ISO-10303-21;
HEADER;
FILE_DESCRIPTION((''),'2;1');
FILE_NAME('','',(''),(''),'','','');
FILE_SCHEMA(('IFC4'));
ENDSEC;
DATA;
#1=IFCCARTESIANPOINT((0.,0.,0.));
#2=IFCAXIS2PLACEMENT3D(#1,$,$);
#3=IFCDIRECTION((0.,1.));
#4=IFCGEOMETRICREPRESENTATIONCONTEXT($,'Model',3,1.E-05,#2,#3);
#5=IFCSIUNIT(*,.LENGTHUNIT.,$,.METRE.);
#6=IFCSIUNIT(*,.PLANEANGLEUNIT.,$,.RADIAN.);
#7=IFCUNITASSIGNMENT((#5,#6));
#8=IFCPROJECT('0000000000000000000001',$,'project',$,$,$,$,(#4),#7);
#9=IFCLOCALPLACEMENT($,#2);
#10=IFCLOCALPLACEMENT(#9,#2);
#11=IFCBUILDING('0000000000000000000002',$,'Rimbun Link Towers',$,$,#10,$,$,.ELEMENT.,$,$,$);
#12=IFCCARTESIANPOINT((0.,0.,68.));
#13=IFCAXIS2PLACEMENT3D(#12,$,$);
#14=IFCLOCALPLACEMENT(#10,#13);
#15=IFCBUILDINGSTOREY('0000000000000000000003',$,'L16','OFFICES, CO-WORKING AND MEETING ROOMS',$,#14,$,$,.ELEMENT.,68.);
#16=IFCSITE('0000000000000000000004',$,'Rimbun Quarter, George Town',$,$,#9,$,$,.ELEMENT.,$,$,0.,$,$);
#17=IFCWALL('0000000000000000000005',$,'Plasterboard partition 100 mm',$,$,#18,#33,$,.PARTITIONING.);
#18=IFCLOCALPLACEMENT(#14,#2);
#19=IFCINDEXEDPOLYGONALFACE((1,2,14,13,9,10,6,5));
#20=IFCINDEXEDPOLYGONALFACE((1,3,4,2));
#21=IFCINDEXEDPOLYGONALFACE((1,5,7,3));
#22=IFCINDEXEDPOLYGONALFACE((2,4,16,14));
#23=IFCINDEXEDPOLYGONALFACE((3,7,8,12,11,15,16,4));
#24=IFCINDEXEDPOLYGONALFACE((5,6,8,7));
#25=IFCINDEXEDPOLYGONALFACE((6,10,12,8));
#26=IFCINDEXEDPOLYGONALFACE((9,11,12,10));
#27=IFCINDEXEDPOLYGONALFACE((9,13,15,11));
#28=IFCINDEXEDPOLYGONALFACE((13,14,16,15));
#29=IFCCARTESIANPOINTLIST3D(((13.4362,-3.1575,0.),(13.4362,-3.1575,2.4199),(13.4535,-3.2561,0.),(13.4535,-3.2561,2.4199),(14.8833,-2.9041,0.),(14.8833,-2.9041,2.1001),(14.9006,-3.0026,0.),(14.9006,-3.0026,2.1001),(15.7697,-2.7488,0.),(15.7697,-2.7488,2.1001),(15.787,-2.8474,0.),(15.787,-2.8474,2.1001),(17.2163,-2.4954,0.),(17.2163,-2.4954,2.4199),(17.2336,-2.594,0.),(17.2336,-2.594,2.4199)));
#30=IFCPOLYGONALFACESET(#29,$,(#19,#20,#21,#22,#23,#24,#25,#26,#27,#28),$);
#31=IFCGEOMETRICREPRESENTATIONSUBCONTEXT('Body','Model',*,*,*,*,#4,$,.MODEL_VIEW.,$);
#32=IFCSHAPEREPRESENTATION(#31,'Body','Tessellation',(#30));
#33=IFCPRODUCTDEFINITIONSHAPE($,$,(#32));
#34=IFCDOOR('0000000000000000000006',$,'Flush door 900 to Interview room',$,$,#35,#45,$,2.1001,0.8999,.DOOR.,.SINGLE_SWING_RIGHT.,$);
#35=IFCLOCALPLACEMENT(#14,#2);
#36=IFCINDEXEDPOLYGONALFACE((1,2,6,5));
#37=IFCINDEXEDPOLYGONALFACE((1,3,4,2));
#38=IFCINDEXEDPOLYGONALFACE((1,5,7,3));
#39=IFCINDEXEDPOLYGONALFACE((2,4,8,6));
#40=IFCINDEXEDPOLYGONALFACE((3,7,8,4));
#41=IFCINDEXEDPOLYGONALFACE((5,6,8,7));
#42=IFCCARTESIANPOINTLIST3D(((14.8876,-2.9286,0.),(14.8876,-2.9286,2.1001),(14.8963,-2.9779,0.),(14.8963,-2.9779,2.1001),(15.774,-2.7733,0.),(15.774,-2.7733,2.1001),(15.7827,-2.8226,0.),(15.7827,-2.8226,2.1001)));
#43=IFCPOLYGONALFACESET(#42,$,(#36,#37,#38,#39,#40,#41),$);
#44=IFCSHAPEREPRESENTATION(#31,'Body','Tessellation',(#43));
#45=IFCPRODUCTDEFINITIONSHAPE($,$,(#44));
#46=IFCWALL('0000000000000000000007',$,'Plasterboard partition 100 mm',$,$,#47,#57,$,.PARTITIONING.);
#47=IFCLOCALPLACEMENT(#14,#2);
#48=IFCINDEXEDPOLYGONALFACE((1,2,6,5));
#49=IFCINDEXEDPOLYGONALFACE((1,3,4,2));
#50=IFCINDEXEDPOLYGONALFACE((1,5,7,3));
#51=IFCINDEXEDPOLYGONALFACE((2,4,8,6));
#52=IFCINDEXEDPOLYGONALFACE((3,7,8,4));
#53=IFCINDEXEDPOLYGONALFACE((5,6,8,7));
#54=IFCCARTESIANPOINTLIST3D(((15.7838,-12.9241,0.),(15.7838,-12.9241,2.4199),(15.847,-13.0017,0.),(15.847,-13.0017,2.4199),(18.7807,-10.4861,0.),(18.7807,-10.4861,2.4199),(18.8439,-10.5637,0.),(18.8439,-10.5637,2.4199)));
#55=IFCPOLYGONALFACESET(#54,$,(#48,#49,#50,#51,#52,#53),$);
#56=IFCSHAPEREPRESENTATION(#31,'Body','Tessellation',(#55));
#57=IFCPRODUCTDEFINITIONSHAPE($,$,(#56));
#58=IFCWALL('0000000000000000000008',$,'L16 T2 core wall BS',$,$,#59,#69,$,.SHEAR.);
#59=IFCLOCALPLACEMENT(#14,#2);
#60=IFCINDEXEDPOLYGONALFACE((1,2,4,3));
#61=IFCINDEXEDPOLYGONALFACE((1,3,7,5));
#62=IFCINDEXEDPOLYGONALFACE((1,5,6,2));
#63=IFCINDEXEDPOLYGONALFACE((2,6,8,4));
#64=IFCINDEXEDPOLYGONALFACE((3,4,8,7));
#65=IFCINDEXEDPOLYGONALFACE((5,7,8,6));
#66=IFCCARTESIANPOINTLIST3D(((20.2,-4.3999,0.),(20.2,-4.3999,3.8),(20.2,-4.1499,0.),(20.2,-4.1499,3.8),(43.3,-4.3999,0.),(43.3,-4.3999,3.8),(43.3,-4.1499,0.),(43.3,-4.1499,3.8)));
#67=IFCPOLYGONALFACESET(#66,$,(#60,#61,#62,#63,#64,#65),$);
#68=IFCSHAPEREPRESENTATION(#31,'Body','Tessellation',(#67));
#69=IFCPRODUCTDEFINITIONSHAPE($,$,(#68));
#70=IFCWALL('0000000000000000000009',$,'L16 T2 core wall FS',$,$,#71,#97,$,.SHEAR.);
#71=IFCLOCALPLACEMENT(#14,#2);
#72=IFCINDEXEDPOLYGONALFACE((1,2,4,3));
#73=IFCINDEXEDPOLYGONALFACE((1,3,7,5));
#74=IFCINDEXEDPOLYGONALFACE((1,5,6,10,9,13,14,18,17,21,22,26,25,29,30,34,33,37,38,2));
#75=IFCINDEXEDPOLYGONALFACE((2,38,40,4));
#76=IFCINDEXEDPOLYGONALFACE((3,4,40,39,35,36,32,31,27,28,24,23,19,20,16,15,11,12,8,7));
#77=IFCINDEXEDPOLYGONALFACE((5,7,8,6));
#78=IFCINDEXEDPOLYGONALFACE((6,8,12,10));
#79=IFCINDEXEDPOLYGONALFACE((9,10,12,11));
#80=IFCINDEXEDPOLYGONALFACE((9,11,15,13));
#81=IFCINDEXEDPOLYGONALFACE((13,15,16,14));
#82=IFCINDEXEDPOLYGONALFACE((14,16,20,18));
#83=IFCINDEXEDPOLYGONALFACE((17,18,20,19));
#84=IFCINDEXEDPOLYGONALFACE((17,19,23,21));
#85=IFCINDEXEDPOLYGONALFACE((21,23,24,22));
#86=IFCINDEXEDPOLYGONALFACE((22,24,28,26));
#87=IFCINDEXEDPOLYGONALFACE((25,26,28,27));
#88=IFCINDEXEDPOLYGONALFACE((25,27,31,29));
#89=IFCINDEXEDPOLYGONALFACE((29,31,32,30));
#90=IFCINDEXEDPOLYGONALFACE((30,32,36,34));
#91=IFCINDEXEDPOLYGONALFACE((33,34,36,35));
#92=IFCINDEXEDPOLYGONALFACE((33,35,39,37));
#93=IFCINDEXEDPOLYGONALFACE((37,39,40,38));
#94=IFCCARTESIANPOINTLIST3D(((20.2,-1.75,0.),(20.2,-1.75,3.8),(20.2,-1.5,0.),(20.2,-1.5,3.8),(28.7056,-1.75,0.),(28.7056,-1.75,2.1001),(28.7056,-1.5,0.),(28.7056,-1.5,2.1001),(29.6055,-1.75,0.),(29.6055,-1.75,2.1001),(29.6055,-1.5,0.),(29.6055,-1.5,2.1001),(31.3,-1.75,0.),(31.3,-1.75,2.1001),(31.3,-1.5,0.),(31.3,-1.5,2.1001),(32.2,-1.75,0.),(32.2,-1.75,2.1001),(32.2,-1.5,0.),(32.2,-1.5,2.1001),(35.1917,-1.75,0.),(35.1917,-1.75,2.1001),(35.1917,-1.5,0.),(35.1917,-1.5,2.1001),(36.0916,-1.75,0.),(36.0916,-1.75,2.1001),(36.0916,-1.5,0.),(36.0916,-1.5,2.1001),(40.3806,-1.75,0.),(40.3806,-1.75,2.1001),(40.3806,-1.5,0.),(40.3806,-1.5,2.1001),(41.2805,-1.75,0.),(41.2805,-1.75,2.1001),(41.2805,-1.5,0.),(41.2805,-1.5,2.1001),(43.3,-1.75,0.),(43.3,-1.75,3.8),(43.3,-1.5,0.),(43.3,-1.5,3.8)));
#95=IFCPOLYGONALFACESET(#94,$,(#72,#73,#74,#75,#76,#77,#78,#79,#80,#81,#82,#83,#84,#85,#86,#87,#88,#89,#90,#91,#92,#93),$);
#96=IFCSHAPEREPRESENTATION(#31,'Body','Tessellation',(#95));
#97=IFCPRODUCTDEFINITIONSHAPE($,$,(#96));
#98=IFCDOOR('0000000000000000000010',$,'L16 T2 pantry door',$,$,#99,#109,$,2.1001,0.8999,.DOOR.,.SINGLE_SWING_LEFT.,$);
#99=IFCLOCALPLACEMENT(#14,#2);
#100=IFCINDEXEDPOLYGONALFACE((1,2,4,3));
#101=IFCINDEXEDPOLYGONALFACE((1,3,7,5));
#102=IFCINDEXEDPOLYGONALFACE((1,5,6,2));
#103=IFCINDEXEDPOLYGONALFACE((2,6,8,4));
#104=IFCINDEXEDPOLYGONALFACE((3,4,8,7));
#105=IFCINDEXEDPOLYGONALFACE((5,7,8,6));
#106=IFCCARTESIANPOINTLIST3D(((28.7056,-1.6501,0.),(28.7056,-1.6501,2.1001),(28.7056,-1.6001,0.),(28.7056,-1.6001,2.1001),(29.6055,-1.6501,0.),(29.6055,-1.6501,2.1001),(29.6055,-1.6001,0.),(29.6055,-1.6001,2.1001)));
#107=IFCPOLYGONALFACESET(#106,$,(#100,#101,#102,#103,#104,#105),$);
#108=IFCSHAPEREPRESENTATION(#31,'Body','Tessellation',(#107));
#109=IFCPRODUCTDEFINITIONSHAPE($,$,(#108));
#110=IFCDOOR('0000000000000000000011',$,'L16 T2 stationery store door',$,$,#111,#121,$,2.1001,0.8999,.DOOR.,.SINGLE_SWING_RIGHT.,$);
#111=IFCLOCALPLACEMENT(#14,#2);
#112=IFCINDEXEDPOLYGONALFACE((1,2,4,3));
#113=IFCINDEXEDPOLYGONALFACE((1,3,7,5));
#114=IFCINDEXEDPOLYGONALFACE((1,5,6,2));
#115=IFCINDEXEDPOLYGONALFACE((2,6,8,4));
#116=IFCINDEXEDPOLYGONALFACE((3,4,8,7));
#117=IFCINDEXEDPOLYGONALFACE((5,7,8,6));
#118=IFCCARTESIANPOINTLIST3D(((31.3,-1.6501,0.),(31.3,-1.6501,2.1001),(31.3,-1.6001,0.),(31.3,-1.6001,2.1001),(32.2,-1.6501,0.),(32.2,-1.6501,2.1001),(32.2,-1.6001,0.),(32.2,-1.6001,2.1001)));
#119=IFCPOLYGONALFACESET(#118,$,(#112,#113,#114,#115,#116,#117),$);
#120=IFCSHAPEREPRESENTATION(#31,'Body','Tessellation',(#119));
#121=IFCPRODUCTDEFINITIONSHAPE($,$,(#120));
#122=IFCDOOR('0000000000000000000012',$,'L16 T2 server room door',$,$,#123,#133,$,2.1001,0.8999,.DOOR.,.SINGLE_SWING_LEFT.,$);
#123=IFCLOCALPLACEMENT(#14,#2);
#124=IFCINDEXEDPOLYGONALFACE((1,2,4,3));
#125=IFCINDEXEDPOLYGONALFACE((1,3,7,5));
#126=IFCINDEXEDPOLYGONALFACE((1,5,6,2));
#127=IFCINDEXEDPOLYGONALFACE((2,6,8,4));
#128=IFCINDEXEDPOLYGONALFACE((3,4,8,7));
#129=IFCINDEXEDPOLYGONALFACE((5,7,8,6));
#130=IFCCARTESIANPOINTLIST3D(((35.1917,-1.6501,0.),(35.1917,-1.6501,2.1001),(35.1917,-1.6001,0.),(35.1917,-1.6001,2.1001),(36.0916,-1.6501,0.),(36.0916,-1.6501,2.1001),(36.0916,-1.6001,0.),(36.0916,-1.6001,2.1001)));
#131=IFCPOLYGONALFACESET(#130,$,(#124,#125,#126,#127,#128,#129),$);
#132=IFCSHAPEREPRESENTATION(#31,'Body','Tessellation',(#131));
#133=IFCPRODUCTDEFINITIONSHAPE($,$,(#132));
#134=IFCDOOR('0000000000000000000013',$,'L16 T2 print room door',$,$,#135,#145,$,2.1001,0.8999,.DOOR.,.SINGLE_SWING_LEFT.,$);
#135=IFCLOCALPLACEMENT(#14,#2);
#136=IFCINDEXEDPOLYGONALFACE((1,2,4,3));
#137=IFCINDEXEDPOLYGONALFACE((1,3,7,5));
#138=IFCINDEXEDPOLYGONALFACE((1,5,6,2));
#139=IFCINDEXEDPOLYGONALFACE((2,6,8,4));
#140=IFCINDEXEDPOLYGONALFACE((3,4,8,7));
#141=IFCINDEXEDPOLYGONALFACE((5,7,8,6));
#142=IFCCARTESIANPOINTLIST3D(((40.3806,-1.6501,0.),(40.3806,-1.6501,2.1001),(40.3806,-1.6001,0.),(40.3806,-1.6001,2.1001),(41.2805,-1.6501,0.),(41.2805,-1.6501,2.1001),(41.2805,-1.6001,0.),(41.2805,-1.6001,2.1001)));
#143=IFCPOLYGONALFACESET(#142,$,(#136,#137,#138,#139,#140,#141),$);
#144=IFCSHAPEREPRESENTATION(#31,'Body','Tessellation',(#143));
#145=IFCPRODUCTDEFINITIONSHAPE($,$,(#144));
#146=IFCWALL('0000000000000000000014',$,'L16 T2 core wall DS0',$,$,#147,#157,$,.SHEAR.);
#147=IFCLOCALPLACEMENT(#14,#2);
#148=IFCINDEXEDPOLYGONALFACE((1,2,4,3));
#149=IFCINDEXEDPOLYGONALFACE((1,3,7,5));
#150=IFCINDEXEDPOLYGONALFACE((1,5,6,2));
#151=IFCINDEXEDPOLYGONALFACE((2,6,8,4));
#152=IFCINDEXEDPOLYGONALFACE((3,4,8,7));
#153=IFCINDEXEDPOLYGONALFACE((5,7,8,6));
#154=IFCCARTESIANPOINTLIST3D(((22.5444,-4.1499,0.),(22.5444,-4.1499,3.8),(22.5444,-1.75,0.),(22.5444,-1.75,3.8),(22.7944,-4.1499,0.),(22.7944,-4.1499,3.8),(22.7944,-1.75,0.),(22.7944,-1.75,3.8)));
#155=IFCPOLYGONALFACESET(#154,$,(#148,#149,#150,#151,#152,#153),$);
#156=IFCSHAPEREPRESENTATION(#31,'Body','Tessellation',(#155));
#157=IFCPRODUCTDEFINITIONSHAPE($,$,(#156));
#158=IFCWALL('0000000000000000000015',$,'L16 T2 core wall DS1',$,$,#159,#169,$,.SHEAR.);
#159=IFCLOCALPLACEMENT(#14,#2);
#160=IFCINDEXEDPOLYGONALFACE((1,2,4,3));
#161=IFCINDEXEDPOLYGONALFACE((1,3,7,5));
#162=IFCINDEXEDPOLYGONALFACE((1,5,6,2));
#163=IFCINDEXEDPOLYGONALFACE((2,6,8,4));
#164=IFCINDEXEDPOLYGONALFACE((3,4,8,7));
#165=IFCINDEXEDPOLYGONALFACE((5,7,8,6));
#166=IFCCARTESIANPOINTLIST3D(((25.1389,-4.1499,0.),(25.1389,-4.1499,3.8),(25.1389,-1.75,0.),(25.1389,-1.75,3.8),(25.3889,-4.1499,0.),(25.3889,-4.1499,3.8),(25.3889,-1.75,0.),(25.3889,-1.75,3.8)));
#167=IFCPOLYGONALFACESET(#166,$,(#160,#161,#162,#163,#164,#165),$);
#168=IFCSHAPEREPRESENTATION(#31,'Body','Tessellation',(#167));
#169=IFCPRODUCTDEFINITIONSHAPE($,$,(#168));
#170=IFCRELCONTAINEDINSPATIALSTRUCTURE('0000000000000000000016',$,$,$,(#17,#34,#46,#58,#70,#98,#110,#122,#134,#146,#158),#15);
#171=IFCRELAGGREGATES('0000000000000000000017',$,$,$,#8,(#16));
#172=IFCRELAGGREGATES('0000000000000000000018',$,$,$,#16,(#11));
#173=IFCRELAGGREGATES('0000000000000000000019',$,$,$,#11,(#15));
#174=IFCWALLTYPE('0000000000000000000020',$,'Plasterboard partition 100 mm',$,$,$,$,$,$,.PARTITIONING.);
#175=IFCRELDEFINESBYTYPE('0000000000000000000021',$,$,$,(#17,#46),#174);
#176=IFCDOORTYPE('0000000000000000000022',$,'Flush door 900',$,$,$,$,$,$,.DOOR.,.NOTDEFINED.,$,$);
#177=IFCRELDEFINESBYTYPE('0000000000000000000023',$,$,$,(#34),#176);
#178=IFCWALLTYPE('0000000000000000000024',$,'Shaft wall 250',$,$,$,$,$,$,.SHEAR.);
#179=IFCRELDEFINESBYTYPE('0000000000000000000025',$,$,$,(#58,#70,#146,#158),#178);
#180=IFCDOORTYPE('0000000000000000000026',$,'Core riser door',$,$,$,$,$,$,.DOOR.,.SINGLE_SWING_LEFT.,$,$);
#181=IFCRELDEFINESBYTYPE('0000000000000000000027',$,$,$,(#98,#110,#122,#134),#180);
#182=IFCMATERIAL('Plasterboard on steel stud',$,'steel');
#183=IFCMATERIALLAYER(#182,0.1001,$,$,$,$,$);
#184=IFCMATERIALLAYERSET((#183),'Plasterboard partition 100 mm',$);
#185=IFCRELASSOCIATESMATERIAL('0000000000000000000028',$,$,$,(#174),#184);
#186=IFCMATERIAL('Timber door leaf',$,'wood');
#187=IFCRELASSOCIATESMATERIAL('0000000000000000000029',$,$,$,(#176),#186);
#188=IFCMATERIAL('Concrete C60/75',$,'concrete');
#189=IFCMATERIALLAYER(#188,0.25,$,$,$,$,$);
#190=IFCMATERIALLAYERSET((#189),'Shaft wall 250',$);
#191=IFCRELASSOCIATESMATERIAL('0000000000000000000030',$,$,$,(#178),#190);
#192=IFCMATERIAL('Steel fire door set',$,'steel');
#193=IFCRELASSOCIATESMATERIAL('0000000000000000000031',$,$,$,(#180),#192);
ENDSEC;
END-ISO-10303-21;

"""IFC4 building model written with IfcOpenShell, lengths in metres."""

from ifc_helpers import new_model, si_unit, direction, frame, frame_2d, origin, place, context, subcontext, project, spatial, rectangle, extrude, material, layer, layer_set, type_object, element, fill, save


model = new_model("IFC4")

# Units and contexts
model_context = context("Model", 3, precision=1e-05, world=origin(), true_north=direction((0.0, 1.0)))
body_context = subcontext(model_context, "Body", "Model", "MODEL_VIEW")
ifc_project = project(units=[si_unit("LENGTHUNIT", "METRE"), si_unit("PLANEANGLEUNIT", "RADIAN")], contexts=[model_context])

# Site, building, storey
site_placement = place(None, origin())
site = spatial("IfcSite", under=ifc_project, at=site_placement, Name="Rimbun Quarter, George Town", CompositionType="ELEMENT", RefElevation=0.0)
building_placement = place(site_placement, origin())
building = spatial("IfcBuilding", under=site, at=building_placement, Name="Rimbun Link Towers", CompositionType="ELEMENT")
storey_placement = place(building_placement, frame((0.0, 0.0, 68.0)))
storey = spatial("IfcBuildingStorey", under=building, at=storey_placement, Name="L16", Description="OFFICES, CO-WORKING AND MEETING ROOMS", CompositionType="ELEMENT", Elevation=68.0)

# Wall, opening, door
ifc_material_1 = material(Name="Plasterboard on steel stud", Category="steel")
ifc_layer_1 = layer(ifc_material_1, 0.1001)
ifc_layer_set_1 = layer_set([ifc_layer_1], Name="Plasterboard partition 100 mm")
wall_type_1 = type_object("IfcWallType", Name="Plasterboard partition 100 mm", PredefinedType="PARTITIONING", material=ifc_layer_set_1)
wall_1_placement = place(storey_placement, frame((17.2251, -2.5447, 0.0), z_axis=(0.0, 0.0, 1.0), x_axis=(-0.985004, -0.172533, 0.0)))
wall_1 = element("IfcWall", 1, at=wall_1_placement, inside=storey, type_object=wall_type_1, Name="Plasterboard partition 100 mm", PredefinedType="PARTITIONING", context=body_context, shape_type="SweptSolid", body=[
    extrude(rectangle(XDim=3.8376, YDim=0.1001, at=frame_2d((1.9189, 0.0))), origin(), (0.0, 0.0, 1.0), 2.4199),
])
opening_1_placement = place(wall_1_placement, frame((1.4688, 0.0, 0.0)))
opening_1 = element("IfcOpeningElement", 2, at=opening_1_placement, cuts=wall_1, PredefinedType="OPENING", context=body_context, shape_type="SweptSolid", body=[
    extrude(rectangle(XDim=0.8999, YDim=2.1001, at=frame_2d((0.45, 1.05))), frame((0.0, 0.0601, 0.0), z_axis=(0.0, -1.0, 0.0), x_axis=(1.0, 0.0, 0.0)), (0.0, 0.0, 1.0), 0.1201),
])
ifc_material_2 = material(Name="Timber door leaf", Category="wood")
door_type_1 = type_object("IfcDoorType", Name="Flush door 900", OperationType="NOTDEFINED", PredefinedType="DOOR", material=ifc_material_2)
door_1_placement = place(opening_1_placement, origin())
door_1 = element("IfcDoor", 3, at=door_1_placement, inside=storey, type_object=door_type_1, Name="Flush door 900 to Interview room", OperationType="SINGLE_SWING_RIGHT", OverallHeight=2.1001, OverallWidth=0.8999, PredefinedType="DOOR", context=body_context, shape_type="SweptSolid", body=[
    extrude(rectangle(XDim=0.8999, YDim=2.1001, at=frame_2d((0.45, 1.05))), frame((0.0, 0.0249, 0.0), z_axis=(0.0, -1.0, 0.0), x_axis=(1.0, 0.0, 0.0)), (0.0, 0.0, 1.0), 0.05),
])
fill(opening_1, door_1)

# Walls
wall_2_placement = place(storey_placement, frame((15.8154, -12.9629, 0.0), z_axis=(0.0, 0.0, 1.0), x_axis=(0.775725, 0.631071, 0.0)))
element("IfcWall", 4, at=wall_2_placement, inside=storey, type_object=wall_type_1, Name="Plasterboard partition 100 mm", PredefinedType="PARTITIONING", context=body_context, shape_type="SweptSolid", body=[
    extrude(rectangle(XDim=3.8633, YDim=0.1001, at=frame_2d((1.9316, 0.0))), origin(), (0.0, 0.0, 1.0), 2.4199),
])
ifc_material_3 = material(Name="Concrete C60/75", Category="concrete")
ifc_layer_2 = layer(ifc_material_3, 0.25)
ifc_layer_set_2 = layer_set([ifc_layer_2], Name="Shaft wall 250")
wall_type_2 = type_object("IfcWallType", Name="Shaft wall 250", PredefinedType="SHEAR", material=ifc_layer_set_2)
wall_3_placement = place(storey_placement, frame((20.2, -4.2749, 0.0), z_axis=(0.0, 0.0, 1.0), x_axis=(1.0, 0.0, 0.0)))
element("IfcWall", 5, at=wall_3_placement, inside=storey, type_object=wall_type_2, Name="L16 T2 core wall BS", PredefinedType="SHEAR", context=body_context, shape_type="SweptSolid", body=[
    extrude(rectangle(XDim=23.1001, YDim=0.25, at=frame_2d((11.55, 0.0))), origin(), (0.0, 0.0, 1.0), 3.8),
])

# Wall, openings, doors
wall_4_placement = place(storey_placement, frame((20.2, -1.625, 0.0), z_axis=(0.0, 0.0, 1.0), x_axis=(1.0, 0.0, 0.0)))
wall_4 = element("IfcWall", 6, at=wall_4_placement, inside=storey, type_object=wall_type_2, Name="L16 T2 core wall FS", PredefinedType="SHEAR", context=body_context, shape_type="SweptSolid", body=[
    extrude(rectangle(XDim=23.1001, YDim=0.25, at=frame_2d((11.55, 0.0))), origin(), (0.0, 0.0, 1.0), 3.8),
])
opening_2_placement = place(wall_4_placement, frame((8.5056, 0.0, 0.0)))
opening_2 = element("IfcOpeningElement", 7, at=opening_2_placement, cuts=wall_4, PredefinedType="OPENING", context=body_context, shape_type="SweptSolid", body=[
    extrude(rectangle(XDim=0.8999, YDim=2.1001, at=frame_2d((0.45, 1.05))), frame((0.0, 0.135, 0.0), z_axis=(0.0, -1.0, 0.0), x_axis=(1.0, 0.0, 0.0)), (0.0, 0.0, 1.0), 0.27),
])
opening_3_placement = place(wall_4_placement, frame((11.1001, 0.0, 0.0)))
opening_3 = element("IfcOpeningElement", 8, at=opening_3_placement, cuts=wall_4, PredefinedType="OPENING", context=body_context, shape_type="SweptSolid", body=[
    extrude(rectangle(XDim=0.8999, YDim=2.1001, at=frame_2d((0.45, 1.05))), frame((0.0, 0.135, 0.0), z_axis=(0.0, -1.0, 0.0), x_axis=(1.0, 0.0, 0.0)), (0.0, 0.0, 1.0), 0.27),
])
opening_4_placement = place(wall_4_placement, frame((14.9917, 0.0, 0.0)))
opening_4 = element("IfcOpeningElement", 9, at=opening_4_placement, cuts=wall_4, PredefinedType="OPENING", context=body_context, shape_type="SweptSolid", body=[
    extrude(rectangle(XDim=0.8999, YDim=2.1001, at=frame_2d((0.45, 1.05))), frame((0.0, 0.135, 0.0), z_axis=(0.0, -1.0, 0.0), x_axis=(1.0, 0.0, 0.0)), (0.0, 0.0, 1.0), 0.27),
])
opening_5_placement = place(wall_4_placement, frame((20.1807, 0.0, 0.0)))
opening_5 = element("IfcOpeningElement", 10, at=opening_5_placement, cuts=wall_4, PredefinedType="OPENING", context=body_context, shape_type="SweptSolid", body=[
    extrude(rectangle(XDim=0.8999, YDim=2.1001, at=frame_2d((0.45, 1.05))), frame((0.0, 0.135, 0.0), z_axis=(0.0, -1.0, 0.0), x_axis=(1.0, 0.0, 0.0)), (0.0, 0.0, 1.0), 0.27),
])
ifc_material_4 = material(Name="Steel fire door set", Category="steel")
door_type_2 = type_object("IfcDoorType", Name="Core riser door", OperationType="SINGLE_SWING_LEFT", PredefinedType="DOOR", material=ifc_material_4)
door_2_placement = place(opening_2_placement, origin())
door_2 = element("IfcDoor", 11, at=door_2_placement, inside=storey, type_object=door_type_2, Name="L16 T2 pantry door", OperationType="SINGLE_SWING_LEFT", OverallHeight=2.1001, OverallWidth=0.8999, PredefinedType="DOOR", context=body_context, shape_type="SweptSolid", body=[
    extrude(rectangle(XDim=0.8999, YDim=2.1001, at=frame_2d((0.45, 1.05))), frame((0.0, 0.0249, 0.0), z_axis=(0.0, -1.0, 0.0), x_axis=(1.0, 0.0, 0.0)), (0.0, 0.0, 1.0), 0.05),
])
fill(opening_2, door_2)
door_3_placement = place(opening_3_placement, origin())
door_3 = element("IfcDoor", 12, at=door_3_placement, inside=storey, type_object=door_type_2, Name="L16 T2 stationery store door", OperationType="SINGLE_SWING_RIGHT", OverallHeight=2.1001, OverallWidth=0.8999, PredefinedType="DOOR", context=body_context, shape_type="SweptSolid", body=[
    extrude(rectangle(XDim=0.8999, YDim=2.1001, at=frame_2d((0.45, 1.05))), frame((0.0, 0.0249, 0.0), z_axis=(0.0, -1.0, 0.0), x_axis=(1.0, 0.0, 0.0)), (0.0, 0.0, 1.0), 0.05),
])
fill(opening_3, door_3)
door_4_placement = place(opening_4_placement, origin())
door_4 = element("IfcDoor", 13, at=door_4_placement, inside=storey, type_object=door_type_2, Name="L16 T2 server room door", OperationType="SINGLE_SWING_LEFT", OverallHeight=2.1001, OverallWidth=0.8999, PredefinedType="DOOR", context=body_context, shape_type="SweptSolid", body=[
    extrude(rectangle(XDim=0.8999, YDim=2.1001, at=frame_2d((0.45, 1.05))), frame((0.0, 0.0249, 0.0), z_axis=(0.0, -1.0, 0.0), x_axis=(1.0, 0.0, 0.0)), (0.0, 0.0, 1.0), 0.05),
])
fill(opening_4, door_4)
door_5_placement = place(opening_5_placement, origin())
door_5 = element("IfcDoor", 14, at=door_5_placement, inside=storey, type_object=door_type_2, Name="L16 T2 print room door", OperationType="SINGLE_SWING_LEFT", OverallHeight=2.1001, OverallWidth=0.8999, PredefinedType="DOOR", context=body_context, shape_type="SweptSolid", body=[
    extrude(rectangle(XDim=0.8999, YDim=2.1001, at=frame_2d((0.45, 1.05))), frame((0.0, 0.0249, 0.0), z_axis=(0.0, -1.0, 0.0), x_axis=(1.0, 0.0, 0.0)), (0.0, 0.0, 1.0), 0.05),
])
fill(opening_5, door_5)

# Walls
for number, where, z_axis, x_axis, name in (
    (15, (22.6694, -4.1499, 0.0), (0.0, 0.0, 1.0), (0.0, 1.0, 0.0), "L16 T2 core wall DS0"),
    (16, (25.2639, -4.1499, 0.0), (0.0, 0.0, 1.0), (0.0, 1.0, 0.0), "L16 T2 core wall DS1"),
):
    element("IfcWall", number, at=place(storey_placement, frame(where, z_axis=z_axis, x_axis=x_axis)), inside=storey, type_object=wall_type_2, Name=name, PredefinedType="SHEAR", context=body_context, shape_type="SweptSolid", body=[
        extrude(rectangle(XDim=2.3999, YDim=0.25, at=frame_2d((1.2, 0.0))), origin(), (0.0, 0.0, 1.0), 3.8),
    ])

save(model, "model.ifc")
